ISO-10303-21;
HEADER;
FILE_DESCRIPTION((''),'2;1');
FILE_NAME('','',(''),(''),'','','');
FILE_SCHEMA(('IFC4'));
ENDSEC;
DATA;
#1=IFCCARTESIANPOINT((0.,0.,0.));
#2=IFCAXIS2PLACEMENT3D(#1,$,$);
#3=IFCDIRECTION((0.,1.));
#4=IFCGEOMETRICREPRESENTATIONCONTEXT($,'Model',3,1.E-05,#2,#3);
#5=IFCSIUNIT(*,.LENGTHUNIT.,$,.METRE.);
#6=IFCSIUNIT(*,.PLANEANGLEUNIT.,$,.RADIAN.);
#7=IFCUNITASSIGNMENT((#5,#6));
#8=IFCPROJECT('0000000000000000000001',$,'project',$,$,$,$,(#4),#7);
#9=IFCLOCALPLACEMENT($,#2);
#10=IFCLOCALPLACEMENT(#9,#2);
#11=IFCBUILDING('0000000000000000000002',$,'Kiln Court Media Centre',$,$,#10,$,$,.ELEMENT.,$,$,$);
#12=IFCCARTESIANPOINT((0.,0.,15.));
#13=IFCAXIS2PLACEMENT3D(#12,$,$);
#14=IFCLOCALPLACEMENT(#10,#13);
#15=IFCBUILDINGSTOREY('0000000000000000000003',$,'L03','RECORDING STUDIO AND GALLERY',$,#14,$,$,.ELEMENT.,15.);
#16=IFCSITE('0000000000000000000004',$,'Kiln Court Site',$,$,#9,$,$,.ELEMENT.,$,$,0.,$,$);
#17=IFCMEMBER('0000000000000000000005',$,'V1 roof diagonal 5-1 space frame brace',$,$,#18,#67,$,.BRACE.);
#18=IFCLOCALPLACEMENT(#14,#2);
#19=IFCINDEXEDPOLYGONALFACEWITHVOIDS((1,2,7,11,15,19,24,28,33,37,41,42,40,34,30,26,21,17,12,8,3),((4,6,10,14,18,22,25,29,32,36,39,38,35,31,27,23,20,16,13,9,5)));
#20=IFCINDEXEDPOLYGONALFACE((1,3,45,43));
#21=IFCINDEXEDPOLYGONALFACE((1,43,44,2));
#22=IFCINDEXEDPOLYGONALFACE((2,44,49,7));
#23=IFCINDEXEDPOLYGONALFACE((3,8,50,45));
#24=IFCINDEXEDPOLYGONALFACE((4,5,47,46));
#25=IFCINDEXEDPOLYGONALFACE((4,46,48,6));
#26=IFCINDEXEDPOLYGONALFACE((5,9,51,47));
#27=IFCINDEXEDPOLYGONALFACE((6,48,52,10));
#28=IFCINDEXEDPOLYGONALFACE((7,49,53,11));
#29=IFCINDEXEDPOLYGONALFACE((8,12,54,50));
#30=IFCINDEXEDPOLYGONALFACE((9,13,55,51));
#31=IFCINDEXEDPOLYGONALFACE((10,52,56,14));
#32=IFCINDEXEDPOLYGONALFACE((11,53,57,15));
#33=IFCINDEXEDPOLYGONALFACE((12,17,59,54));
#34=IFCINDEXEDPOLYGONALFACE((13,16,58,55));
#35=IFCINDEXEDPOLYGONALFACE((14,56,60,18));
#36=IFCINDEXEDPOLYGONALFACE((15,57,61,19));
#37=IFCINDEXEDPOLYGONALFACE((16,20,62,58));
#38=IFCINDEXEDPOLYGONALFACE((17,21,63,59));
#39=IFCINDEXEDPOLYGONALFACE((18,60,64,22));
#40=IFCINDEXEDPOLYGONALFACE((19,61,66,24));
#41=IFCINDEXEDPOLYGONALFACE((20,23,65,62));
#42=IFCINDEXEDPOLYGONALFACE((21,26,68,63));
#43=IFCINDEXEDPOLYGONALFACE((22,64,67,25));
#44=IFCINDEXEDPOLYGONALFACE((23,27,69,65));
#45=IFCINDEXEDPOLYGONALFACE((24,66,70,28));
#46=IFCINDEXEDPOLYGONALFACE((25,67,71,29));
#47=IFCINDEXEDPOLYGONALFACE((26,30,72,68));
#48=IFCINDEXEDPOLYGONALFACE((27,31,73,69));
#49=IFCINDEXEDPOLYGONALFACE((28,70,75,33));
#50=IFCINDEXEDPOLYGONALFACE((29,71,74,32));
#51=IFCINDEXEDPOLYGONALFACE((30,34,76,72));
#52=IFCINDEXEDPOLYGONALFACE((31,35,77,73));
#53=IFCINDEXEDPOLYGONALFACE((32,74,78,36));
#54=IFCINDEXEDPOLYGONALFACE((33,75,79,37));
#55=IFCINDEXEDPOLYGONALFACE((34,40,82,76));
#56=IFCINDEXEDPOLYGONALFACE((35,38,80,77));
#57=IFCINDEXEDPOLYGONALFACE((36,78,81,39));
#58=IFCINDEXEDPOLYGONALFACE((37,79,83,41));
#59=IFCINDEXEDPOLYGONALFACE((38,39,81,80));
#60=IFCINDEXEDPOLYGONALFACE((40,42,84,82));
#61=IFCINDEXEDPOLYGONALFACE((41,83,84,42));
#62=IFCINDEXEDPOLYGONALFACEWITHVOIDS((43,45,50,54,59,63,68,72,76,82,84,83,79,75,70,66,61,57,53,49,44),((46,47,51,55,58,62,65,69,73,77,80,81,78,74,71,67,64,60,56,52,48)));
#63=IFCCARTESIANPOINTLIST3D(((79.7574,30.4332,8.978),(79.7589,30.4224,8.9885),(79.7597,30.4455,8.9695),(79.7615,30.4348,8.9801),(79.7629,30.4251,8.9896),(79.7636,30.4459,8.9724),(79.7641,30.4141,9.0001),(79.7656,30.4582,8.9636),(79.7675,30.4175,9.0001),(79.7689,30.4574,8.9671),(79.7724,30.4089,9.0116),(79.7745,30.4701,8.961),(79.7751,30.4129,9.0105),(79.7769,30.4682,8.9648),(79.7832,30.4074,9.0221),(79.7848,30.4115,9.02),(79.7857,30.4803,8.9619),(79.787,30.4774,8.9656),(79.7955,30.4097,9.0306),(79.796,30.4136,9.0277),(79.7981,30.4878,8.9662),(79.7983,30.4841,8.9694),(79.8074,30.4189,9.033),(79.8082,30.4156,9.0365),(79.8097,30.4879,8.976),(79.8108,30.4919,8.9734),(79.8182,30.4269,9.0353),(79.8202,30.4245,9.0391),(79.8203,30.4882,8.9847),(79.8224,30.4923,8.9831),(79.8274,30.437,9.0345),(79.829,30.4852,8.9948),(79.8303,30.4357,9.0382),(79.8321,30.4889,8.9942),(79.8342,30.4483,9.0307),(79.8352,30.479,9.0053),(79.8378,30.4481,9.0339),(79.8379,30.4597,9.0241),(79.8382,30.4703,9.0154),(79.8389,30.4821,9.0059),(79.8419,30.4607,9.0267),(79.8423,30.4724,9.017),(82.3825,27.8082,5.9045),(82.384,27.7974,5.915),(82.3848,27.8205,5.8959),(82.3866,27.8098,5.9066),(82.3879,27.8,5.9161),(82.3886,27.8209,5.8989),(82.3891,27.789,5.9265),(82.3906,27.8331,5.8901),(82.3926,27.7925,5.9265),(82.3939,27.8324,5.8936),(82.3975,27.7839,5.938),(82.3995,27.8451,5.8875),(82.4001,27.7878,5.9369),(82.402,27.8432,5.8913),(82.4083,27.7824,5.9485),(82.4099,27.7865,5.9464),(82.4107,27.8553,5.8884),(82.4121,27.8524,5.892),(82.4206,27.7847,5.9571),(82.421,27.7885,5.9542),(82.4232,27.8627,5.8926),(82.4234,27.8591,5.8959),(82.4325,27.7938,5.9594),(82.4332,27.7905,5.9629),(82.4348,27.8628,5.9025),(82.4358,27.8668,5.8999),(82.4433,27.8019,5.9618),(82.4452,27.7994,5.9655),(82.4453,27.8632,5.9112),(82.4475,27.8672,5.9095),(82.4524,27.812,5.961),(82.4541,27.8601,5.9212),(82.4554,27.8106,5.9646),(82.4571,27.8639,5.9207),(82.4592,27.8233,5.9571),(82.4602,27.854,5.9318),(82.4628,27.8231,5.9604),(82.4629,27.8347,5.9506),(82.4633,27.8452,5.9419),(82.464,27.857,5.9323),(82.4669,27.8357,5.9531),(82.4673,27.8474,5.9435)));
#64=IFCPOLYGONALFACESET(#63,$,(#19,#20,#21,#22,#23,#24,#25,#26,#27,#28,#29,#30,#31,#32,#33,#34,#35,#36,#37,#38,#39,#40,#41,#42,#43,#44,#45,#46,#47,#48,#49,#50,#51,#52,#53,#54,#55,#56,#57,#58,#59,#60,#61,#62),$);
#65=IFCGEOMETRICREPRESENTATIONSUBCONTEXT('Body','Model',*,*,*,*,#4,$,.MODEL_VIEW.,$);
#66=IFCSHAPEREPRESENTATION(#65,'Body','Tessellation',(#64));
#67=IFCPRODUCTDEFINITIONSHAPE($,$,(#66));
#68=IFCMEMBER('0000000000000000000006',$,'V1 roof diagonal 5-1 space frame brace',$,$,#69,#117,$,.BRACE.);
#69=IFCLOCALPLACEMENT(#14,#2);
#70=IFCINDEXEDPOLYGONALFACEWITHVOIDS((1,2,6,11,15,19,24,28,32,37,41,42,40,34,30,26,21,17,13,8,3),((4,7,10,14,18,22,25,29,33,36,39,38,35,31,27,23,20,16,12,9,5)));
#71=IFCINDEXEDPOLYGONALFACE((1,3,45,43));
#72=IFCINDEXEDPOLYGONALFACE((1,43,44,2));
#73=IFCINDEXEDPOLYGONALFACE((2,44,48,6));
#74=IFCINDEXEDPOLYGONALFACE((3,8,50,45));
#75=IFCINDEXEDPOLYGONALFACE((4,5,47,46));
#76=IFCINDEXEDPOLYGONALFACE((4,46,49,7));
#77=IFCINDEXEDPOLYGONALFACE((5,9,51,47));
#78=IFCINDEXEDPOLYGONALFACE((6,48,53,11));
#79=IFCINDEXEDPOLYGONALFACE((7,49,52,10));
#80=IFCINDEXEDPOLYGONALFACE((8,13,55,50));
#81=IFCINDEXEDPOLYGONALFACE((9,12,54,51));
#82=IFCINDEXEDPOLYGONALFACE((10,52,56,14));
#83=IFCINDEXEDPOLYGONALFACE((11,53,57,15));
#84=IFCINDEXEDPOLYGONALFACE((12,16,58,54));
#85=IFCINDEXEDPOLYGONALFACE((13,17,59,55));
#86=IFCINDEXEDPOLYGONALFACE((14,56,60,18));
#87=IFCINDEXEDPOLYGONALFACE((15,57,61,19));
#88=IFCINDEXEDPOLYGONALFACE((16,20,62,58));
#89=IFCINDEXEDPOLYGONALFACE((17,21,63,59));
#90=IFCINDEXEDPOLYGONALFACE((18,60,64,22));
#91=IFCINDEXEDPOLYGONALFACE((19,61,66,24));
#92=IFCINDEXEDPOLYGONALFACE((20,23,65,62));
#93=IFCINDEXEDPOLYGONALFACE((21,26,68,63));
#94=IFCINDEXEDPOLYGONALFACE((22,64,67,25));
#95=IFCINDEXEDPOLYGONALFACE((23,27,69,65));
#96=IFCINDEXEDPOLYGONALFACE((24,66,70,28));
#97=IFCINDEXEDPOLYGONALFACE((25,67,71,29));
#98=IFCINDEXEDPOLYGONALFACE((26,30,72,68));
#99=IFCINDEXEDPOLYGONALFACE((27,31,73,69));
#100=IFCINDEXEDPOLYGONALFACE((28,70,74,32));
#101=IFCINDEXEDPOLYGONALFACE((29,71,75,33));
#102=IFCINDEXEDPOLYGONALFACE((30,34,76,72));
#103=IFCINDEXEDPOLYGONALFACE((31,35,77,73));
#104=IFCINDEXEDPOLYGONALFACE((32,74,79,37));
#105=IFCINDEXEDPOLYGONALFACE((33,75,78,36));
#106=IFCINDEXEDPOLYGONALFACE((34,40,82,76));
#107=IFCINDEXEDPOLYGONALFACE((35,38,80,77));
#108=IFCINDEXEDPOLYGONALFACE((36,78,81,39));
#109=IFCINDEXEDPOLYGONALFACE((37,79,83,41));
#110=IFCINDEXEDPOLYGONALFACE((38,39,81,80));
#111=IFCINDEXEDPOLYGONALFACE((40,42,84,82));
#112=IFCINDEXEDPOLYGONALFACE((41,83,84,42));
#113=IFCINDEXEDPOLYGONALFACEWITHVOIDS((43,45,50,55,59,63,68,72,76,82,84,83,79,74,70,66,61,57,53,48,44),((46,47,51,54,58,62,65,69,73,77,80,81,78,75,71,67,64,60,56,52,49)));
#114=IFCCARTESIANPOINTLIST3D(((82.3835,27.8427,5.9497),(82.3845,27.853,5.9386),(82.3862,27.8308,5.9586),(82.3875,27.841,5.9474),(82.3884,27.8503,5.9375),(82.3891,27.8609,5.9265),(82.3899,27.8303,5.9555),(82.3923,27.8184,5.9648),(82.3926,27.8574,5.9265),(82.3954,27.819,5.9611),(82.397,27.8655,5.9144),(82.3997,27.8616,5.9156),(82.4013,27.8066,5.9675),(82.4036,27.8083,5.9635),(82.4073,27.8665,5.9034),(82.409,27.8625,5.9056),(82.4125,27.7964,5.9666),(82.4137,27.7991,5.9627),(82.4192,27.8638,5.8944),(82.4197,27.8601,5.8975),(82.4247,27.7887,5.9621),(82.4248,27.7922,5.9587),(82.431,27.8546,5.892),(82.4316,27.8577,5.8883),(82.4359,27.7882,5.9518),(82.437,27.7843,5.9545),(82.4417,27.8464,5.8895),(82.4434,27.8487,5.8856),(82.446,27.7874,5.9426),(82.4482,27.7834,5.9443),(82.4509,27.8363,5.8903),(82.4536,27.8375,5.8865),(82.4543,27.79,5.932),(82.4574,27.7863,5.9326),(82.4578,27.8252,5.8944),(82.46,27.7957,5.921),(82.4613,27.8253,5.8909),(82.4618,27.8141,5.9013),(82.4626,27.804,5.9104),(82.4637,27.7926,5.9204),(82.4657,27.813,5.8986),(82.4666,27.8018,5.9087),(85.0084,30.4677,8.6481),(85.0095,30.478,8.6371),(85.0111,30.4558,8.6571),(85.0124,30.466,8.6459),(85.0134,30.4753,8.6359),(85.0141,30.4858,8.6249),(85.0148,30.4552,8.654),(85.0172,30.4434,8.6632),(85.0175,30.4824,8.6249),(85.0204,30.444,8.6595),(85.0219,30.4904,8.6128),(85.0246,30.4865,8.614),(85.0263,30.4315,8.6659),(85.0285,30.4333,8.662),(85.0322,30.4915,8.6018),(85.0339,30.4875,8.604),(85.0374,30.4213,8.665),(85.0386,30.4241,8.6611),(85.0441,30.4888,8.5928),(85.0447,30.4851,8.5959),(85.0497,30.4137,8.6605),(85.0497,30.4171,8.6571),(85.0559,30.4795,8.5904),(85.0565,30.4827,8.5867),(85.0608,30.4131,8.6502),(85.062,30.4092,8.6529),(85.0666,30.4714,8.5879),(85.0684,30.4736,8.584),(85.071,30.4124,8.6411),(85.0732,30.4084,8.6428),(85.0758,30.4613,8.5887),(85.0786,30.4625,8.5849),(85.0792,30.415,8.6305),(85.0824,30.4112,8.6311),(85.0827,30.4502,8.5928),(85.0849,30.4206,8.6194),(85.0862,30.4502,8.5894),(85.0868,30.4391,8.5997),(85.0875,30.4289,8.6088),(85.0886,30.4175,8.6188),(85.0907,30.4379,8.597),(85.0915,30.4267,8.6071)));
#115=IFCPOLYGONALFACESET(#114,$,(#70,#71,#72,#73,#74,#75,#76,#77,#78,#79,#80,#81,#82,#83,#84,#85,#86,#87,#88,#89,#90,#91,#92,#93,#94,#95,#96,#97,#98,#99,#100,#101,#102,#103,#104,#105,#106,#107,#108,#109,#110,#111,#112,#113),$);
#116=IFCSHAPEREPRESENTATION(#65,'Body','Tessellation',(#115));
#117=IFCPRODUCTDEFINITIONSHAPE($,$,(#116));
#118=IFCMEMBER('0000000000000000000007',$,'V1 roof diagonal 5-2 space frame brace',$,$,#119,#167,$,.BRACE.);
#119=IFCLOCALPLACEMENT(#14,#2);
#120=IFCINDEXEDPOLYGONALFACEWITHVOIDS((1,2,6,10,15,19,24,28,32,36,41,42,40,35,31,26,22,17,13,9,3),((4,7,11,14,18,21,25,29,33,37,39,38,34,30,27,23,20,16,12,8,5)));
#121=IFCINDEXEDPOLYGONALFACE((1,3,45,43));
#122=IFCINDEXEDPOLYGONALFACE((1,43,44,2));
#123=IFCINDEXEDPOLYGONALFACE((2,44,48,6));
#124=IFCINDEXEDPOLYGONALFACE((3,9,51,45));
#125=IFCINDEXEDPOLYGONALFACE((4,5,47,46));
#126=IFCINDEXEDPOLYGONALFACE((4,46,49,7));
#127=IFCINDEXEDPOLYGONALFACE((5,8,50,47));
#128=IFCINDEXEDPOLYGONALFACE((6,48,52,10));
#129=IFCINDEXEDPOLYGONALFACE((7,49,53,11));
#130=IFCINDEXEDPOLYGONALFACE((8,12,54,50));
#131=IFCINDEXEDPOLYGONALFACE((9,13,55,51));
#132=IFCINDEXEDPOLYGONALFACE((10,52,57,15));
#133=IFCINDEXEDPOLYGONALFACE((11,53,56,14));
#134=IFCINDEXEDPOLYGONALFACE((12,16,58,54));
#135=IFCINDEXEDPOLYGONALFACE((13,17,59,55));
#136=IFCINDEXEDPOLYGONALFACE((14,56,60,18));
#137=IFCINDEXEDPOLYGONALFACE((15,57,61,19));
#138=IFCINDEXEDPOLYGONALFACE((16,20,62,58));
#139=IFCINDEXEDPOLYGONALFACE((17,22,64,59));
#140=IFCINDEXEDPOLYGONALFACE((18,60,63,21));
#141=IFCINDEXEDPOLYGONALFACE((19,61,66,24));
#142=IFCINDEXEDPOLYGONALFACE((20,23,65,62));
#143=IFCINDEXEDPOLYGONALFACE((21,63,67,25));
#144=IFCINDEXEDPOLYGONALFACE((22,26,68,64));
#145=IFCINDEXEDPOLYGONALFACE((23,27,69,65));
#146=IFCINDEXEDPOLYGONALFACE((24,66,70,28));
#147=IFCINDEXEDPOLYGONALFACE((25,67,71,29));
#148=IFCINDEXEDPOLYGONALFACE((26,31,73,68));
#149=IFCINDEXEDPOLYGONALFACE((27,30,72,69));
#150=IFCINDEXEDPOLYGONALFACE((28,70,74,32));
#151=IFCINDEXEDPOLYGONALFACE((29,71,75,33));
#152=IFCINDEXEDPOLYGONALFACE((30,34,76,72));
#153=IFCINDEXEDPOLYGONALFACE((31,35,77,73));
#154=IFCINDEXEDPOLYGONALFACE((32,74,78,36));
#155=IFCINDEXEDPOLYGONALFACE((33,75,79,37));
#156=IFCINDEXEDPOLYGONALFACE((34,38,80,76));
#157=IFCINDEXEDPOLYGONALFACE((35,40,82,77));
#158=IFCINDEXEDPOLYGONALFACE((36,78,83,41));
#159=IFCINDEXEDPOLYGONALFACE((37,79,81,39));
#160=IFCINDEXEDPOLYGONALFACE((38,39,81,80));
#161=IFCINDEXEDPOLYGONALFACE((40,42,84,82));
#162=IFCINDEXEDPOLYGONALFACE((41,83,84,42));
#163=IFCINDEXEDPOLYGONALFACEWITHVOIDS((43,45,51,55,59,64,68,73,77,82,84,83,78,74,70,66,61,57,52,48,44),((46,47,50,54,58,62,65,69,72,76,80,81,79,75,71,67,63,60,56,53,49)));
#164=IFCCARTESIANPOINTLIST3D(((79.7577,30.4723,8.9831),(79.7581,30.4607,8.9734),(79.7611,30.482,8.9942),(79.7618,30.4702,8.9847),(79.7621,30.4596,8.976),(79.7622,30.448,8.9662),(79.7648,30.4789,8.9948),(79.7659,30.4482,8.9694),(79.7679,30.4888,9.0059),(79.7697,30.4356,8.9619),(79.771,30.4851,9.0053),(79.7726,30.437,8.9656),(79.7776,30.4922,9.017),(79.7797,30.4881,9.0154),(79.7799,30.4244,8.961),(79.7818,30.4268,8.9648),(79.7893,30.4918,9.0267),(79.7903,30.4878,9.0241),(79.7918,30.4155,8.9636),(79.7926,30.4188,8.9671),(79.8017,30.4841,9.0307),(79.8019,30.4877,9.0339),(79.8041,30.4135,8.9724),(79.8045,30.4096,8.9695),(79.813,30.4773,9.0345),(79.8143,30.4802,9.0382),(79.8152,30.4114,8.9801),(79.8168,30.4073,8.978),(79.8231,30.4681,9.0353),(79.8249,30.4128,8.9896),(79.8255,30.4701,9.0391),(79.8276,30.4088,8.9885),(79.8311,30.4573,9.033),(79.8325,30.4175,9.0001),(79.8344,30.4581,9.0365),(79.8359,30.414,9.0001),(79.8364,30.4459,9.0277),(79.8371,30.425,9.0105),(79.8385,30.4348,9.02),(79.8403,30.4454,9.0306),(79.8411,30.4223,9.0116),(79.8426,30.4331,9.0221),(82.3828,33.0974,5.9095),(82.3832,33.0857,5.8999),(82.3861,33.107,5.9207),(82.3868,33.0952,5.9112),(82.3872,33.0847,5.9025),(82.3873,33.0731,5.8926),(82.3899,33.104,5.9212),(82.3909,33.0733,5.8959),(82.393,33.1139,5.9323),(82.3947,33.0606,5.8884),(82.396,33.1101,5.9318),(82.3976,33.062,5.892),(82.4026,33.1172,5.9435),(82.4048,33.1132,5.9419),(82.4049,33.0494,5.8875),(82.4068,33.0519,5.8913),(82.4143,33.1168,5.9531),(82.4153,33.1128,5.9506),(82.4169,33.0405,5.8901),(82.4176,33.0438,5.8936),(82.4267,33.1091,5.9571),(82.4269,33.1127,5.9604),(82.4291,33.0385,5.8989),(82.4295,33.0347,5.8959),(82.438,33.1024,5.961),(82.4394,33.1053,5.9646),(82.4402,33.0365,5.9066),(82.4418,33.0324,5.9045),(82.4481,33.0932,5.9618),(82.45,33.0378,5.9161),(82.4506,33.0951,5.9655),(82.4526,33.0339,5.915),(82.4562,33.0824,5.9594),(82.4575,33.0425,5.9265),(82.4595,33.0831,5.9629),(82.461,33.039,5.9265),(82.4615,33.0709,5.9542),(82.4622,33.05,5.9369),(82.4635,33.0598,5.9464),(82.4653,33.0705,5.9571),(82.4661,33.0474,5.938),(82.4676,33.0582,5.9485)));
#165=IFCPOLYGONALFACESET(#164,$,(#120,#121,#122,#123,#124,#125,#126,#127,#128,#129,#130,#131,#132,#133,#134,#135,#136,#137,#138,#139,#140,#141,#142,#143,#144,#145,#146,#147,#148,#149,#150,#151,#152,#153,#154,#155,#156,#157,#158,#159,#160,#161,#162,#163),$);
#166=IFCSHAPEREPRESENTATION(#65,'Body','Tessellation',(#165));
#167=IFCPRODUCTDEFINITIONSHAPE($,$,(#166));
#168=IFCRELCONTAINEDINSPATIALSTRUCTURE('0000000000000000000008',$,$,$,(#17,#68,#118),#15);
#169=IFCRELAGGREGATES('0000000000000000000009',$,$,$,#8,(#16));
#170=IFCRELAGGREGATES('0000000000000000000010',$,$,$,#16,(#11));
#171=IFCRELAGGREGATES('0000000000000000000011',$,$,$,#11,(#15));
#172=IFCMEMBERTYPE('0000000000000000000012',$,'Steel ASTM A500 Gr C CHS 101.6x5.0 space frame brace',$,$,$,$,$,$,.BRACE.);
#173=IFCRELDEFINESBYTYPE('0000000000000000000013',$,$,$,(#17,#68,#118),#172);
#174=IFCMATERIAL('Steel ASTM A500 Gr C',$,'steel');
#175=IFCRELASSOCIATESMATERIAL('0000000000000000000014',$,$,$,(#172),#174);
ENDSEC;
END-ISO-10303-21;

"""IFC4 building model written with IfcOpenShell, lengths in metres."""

from ifc_helpers import new_model, si_unit, direction, frame, origin, origin_2d, place, context, subcontext, project, spatial, hollow_circle, extrude, material, material_profile, profile_set, type_object, element, save


model = new_model("IFC4")

# Units and contexts
model_context = context("Model", 3, precision=1e-05, world=origin(), true_north=direction((0.0, 1.0)))
body_context = subcontext(model_context, "Body", "Model", "MODEL_VIEW")
ifc_project = project(units=[si_unit("LENGTHUNIT", "METRE"), si_unit("PLANEANGLEUNIT", "RADIAN")], contexts=[model_context])

# Site, building, storey
site_placement = place(None, origin())
site = spatial("IfcSite", under=ifc_project, at=site_placement, Name="Kiln Court Site", CompositionType="ELEMENT", RefElevation=0.0)
building_placement = place(site_placement, origin())
building = spatial("IfcBuilding", under=site, at=building_placement, Name="Kiln Court Media Centre", CompositionType="ELEMENT")
storey_placement = place(building_placement, frame((0.0, 0.0, 15.0)))
storey = spatial("IfcBuildingStorey", under=building, at=storey_placement, Name="L03", Description="RECORDING STUDIO AND GALLERY", CompositionType="ELEMENT", Elevation=15.0)

# Members
ifc_material_1 = material(Name="Steel ASTM A500 Gr C", Category="steel")
ifc_material_profile_1 = material_profile(ifc_material_1, hollow_circle(Radius=0.0508, WallThickness=0.0049, at=origin_2d()), Name="CHS 101.6x5.0")
ifc_profile_set_1 = profile_set([ifc_material_profile_1], Name="Steel ASTM A500 Gr C")
member_type_1 = type_object("IfcMemberType", Name="Steel ASTM A500 Gr C CHS 101.6x5.0 space frame brace", PredefinedType="BRACE", material=ifc_profile_set_1)
member_1_placement = place(storey_placement, frame((82.425, 27.825, 5.9265), z_axis=(-0.544662, 0.544662, 0.637719), x_axis=(-0.707107, -0.707107, 0.0)))
element("IfcMember", 1, at=member_1_placement, inside=storey, type_object=member_type_1, Name="V1 roof diagonal 5-1 space frame brace", PredefinedType="BRACE", context=body_context, shape_type="SweptSolid", body=[
    extrude(hollow_circle(Radius=0.0508, WallThickness=0.0049, at=origin_2d()), origin(), (0.0, 0.0, 1.0), 4.8196),
])
member_2_placement = place(storey_placement, frame((82.425, 27.825, 5.9265), z_axis=(0.571964, 0.571964, 0.587976), x_axis=(-0.707107, 0.707107, 0.0)))
element("IfcMember", 2, at=member_2_placement, inside=storey, type_object=member_type_1, Name="V1 roof diagonal 5-1 space frame brace", PredefinedType="BRACE", context=body_context, shape_type="SweptSolid", body=[
    extrude(hollow_circle(Radius=0.0508, WallThickness=0.0049, at=origin_2d()), origin(), (0.0, 0.0, 1.0), 4.5894),
])
member_3_placement = place(storey_placement, frame((82.425, 33.075, 5.9265), z_axis=(-0.544662, -0.544662, 0.637719), x_axis=(0.707107, -0.707107, 0.0)))
element("IfcMember", 3, at=member_3_placement, inside=storey, type_object=member_type_1, Name="V1 roof diagonal 5-2 space frame brace", PredefinedType="BRACE", context=body_context, shape_type="SweptSolid", body=[
    extrude(hollow_circle(Radius=0.0508, WallThickness=0.0049, at=origin_2d()), origin(), (0.0, 0.0, 1.0), 4.8196),
])

save(model, "model.ifc")
